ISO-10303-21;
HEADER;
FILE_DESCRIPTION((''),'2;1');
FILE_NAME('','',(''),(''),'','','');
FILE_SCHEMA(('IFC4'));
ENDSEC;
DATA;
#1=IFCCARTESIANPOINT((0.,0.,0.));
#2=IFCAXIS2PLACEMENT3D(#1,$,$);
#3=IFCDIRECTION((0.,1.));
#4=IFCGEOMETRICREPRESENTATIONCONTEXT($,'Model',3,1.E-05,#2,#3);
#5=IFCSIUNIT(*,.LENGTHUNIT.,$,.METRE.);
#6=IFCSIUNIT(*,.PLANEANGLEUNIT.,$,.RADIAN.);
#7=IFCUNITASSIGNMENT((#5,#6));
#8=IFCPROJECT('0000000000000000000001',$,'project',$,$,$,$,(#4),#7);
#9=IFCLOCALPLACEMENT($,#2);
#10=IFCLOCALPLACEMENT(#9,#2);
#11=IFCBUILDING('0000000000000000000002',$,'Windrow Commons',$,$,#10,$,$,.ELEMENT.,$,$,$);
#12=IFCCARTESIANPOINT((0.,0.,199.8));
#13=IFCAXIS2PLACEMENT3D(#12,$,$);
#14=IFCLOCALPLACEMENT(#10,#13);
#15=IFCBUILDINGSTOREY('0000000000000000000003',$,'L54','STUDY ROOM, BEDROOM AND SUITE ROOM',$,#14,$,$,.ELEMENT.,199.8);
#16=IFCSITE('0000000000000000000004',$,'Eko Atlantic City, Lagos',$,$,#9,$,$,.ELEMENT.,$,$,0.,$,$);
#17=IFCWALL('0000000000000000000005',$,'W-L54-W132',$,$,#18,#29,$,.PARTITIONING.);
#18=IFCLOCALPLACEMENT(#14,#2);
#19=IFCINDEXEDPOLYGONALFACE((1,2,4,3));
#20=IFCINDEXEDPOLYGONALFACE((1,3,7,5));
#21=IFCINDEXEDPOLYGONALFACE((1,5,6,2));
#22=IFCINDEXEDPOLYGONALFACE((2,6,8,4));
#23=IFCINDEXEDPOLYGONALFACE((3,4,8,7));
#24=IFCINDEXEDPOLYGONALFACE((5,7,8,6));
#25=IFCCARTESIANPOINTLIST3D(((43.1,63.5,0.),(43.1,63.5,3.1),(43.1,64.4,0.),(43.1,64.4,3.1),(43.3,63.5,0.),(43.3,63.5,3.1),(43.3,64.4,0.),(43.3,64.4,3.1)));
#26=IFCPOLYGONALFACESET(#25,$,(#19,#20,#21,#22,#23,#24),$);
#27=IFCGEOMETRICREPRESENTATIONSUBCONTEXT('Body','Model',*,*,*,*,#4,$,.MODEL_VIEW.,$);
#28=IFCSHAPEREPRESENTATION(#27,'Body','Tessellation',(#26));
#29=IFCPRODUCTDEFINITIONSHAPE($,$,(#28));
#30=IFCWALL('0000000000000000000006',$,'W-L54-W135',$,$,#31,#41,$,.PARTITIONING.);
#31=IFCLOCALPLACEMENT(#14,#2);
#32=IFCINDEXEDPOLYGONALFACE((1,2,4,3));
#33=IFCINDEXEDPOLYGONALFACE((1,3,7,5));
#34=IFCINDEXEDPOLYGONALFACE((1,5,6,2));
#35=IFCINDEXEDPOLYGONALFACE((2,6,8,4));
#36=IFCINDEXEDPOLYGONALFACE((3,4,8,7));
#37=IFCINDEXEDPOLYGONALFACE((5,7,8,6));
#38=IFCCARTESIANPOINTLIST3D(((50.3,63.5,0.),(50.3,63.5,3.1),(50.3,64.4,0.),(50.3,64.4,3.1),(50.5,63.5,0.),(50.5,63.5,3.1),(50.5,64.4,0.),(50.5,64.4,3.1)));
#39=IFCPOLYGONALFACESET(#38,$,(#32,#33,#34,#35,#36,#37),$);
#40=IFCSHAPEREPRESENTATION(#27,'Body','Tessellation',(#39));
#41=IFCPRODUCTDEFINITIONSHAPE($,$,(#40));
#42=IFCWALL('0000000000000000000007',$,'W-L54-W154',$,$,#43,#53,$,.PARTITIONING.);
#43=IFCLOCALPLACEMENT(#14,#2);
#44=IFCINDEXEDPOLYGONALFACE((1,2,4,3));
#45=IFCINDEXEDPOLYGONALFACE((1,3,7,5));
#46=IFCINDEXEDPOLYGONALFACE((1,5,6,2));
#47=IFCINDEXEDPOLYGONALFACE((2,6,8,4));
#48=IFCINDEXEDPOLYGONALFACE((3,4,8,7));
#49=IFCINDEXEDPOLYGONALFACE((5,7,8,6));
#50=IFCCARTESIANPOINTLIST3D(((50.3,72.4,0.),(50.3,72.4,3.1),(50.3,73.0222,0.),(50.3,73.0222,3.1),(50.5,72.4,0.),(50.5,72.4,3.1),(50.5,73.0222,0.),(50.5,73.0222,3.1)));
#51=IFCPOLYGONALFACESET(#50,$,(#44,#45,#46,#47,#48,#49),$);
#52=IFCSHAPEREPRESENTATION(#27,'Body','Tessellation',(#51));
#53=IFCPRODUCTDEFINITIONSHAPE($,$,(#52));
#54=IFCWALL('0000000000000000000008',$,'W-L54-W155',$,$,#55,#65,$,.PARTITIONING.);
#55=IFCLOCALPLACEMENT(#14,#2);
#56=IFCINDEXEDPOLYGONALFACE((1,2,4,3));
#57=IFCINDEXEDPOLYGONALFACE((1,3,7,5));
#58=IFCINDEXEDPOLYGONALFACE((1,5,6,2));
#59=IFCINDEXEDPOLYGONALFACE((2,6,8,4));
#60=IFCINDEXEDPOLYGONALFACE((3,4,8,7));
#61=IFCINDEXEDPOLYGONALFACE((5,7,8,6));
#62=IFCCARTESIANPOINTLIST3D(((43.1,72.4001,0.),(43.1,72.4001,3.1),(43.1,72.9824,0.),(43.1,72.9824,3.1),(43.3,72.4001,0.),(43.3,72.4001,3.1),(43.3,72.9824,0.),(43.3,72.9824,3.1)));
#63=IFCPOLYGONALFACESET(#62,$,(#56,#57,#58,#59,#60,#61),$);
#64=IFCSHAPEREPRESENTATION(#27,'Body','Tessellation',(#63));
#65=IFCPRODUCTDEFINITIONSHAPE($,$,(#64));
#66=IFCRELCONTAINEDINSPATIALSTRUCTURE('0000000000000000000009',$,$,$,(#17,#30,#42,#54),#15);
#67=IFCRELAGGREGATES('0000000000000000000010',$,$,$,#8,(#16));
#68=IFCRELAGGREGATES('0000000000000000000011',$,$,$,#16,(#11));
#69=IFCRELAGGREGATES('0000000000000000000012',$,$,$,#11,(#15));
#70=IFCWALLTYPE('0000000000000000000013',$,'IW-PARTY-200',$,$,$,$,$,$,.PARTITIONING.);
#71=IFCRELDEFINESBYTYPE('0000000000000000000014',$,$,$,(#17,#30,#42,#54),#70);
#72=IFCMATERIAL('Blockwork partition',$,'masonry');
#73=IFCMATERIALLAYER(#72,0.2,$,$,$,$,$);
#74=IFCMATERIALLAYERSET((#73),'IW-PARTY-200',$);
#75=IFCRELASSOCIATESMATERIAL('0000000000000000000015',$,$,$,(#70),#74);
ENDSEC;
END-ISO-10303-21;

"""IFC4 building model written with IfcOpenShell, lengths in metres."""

from ifc_helpers import new_model, si_unit, direction, frame, frame_2d, origin, place, context, subcontext, project, spatial, rectangle, extrude, material, layer, layer_set, type_object, element, save


model = new_model("IFC4")

# Units and contexts
model_context = context("Model", 3, precision=1e-05, world=origin(), true_north=direction((0.0, 1.0)))
body_context = subcontext(model_context, "Body", "Model", "MODEL_VIEW")
ifc_project = project(units=[si_unit("LENGTHUNIT", "METRE"), si_unit("PLANEANGLEUNIT", "RADIAN")], contexts=[model_context])

# Site, building, storey
site_placement = place(None, origin())
site = spatial("IfcSite", under=ifc_project, at=site_placement, Name="Eko Atlantic City, Lagos", CompositionType="ELEMENT", RefElevation=0.0)
building_placement = place(site_placement, origin())
building = spatial("IfcBuilding", under=site, at=building_placement, Name="Windrow Commons", CompositionType="ELEMENT")
storey_placement = place(building_placement, frame((0.0, 0.0, 199.8)))
storey = spatial("IfcBuildingStorey", under=building, at=storey_placement, Name="L54", Description="STUDY ROOM, BEDROOM AND SUITE ROOM", CompositionType="ELEMENT", Elevation=199.8)

# Walls
ifc_material_1 = material(Name="Blockwork partition", Category="masonry")
ifc_layer_1 = layer(ifc_material_1, 0.2)
ifc_layer_set_1 = layer_set([ifc_layer_1], Name="IW-PARTY-200")
wall_type_1 = type_object("IfcWallType", Name="IW-PARTY-200", PredefinedType="PARTITIONING", material=ifc_layer_set_1)
for number, where, z_axis, x_axis, name in (
    (1, (43.2, 63.5, 0.0), (0.0, 0.0, 1.0), (0.0, 1.0, 0.0), "W-L54-W132"),
    (2, (50.4, 63.5, 0.0), (0.0, 0.0, 1.0), (0.0, 1.0, 0.0), "W-L54-W135"),
):
    element("IfcWall", number, at=place(storey_placement, frame(where, z_axis=z_axis, x_axis=x_axis)), inside=storey, type_object=wall_type_1, Name=name, PredefinedType="PARTITIONING", context=body_context, shape_type="SweptSolid", body=[
        extrude(rectangle(XDim=0.9, YDim=0.2, at=frame_2d((0.45, 0.0))), origin(), (0.0, 0.0, 1.0), 3.1),
    ])
wall_1_placement = place(storey_placement, frame((50.4, 72.4, 0.0), z_axis=(0.0, 0.0, 1.0), x_axis=(0.0, 1.0, 0.0)))
element("IfcWall", 3, at=wall_1_placement, inside=storey, type_object=wall_type_1, Name="W-L54-W154", PredefinedType="PARTITIONING", context=body_context, shape_type="SweptSolid", body=[
    extrude(rectangle(XDim=0.6222, YDim=0.2, at=frame_2d((0.3111, 0.0))), origin(), (0.0, 0.0, 1.0), 3.1),
])
wall_2_placement = place(storey_placement, frame((43.2, 72.4, 0.0), z_axis=(0.0, 0.0, 1.0), x_axis=(0.0, 1.0, 0.0)))
element("IfcWall", 4, at=wall_2_placement, inside=storey, type_object=wall_type_1, Name="W-L54-W155", PredefinedType="PARTITIONING", context=body_context, shape_type="SweptSolid", body=[
    extrude(rectangle(XDim=0.5823, YDim=0.2, at=frame_2d((0.2912, 0.0))), origin(), (0.0, 0.0, 1.0), 3.1),
])

save(model, "model.ifc")
